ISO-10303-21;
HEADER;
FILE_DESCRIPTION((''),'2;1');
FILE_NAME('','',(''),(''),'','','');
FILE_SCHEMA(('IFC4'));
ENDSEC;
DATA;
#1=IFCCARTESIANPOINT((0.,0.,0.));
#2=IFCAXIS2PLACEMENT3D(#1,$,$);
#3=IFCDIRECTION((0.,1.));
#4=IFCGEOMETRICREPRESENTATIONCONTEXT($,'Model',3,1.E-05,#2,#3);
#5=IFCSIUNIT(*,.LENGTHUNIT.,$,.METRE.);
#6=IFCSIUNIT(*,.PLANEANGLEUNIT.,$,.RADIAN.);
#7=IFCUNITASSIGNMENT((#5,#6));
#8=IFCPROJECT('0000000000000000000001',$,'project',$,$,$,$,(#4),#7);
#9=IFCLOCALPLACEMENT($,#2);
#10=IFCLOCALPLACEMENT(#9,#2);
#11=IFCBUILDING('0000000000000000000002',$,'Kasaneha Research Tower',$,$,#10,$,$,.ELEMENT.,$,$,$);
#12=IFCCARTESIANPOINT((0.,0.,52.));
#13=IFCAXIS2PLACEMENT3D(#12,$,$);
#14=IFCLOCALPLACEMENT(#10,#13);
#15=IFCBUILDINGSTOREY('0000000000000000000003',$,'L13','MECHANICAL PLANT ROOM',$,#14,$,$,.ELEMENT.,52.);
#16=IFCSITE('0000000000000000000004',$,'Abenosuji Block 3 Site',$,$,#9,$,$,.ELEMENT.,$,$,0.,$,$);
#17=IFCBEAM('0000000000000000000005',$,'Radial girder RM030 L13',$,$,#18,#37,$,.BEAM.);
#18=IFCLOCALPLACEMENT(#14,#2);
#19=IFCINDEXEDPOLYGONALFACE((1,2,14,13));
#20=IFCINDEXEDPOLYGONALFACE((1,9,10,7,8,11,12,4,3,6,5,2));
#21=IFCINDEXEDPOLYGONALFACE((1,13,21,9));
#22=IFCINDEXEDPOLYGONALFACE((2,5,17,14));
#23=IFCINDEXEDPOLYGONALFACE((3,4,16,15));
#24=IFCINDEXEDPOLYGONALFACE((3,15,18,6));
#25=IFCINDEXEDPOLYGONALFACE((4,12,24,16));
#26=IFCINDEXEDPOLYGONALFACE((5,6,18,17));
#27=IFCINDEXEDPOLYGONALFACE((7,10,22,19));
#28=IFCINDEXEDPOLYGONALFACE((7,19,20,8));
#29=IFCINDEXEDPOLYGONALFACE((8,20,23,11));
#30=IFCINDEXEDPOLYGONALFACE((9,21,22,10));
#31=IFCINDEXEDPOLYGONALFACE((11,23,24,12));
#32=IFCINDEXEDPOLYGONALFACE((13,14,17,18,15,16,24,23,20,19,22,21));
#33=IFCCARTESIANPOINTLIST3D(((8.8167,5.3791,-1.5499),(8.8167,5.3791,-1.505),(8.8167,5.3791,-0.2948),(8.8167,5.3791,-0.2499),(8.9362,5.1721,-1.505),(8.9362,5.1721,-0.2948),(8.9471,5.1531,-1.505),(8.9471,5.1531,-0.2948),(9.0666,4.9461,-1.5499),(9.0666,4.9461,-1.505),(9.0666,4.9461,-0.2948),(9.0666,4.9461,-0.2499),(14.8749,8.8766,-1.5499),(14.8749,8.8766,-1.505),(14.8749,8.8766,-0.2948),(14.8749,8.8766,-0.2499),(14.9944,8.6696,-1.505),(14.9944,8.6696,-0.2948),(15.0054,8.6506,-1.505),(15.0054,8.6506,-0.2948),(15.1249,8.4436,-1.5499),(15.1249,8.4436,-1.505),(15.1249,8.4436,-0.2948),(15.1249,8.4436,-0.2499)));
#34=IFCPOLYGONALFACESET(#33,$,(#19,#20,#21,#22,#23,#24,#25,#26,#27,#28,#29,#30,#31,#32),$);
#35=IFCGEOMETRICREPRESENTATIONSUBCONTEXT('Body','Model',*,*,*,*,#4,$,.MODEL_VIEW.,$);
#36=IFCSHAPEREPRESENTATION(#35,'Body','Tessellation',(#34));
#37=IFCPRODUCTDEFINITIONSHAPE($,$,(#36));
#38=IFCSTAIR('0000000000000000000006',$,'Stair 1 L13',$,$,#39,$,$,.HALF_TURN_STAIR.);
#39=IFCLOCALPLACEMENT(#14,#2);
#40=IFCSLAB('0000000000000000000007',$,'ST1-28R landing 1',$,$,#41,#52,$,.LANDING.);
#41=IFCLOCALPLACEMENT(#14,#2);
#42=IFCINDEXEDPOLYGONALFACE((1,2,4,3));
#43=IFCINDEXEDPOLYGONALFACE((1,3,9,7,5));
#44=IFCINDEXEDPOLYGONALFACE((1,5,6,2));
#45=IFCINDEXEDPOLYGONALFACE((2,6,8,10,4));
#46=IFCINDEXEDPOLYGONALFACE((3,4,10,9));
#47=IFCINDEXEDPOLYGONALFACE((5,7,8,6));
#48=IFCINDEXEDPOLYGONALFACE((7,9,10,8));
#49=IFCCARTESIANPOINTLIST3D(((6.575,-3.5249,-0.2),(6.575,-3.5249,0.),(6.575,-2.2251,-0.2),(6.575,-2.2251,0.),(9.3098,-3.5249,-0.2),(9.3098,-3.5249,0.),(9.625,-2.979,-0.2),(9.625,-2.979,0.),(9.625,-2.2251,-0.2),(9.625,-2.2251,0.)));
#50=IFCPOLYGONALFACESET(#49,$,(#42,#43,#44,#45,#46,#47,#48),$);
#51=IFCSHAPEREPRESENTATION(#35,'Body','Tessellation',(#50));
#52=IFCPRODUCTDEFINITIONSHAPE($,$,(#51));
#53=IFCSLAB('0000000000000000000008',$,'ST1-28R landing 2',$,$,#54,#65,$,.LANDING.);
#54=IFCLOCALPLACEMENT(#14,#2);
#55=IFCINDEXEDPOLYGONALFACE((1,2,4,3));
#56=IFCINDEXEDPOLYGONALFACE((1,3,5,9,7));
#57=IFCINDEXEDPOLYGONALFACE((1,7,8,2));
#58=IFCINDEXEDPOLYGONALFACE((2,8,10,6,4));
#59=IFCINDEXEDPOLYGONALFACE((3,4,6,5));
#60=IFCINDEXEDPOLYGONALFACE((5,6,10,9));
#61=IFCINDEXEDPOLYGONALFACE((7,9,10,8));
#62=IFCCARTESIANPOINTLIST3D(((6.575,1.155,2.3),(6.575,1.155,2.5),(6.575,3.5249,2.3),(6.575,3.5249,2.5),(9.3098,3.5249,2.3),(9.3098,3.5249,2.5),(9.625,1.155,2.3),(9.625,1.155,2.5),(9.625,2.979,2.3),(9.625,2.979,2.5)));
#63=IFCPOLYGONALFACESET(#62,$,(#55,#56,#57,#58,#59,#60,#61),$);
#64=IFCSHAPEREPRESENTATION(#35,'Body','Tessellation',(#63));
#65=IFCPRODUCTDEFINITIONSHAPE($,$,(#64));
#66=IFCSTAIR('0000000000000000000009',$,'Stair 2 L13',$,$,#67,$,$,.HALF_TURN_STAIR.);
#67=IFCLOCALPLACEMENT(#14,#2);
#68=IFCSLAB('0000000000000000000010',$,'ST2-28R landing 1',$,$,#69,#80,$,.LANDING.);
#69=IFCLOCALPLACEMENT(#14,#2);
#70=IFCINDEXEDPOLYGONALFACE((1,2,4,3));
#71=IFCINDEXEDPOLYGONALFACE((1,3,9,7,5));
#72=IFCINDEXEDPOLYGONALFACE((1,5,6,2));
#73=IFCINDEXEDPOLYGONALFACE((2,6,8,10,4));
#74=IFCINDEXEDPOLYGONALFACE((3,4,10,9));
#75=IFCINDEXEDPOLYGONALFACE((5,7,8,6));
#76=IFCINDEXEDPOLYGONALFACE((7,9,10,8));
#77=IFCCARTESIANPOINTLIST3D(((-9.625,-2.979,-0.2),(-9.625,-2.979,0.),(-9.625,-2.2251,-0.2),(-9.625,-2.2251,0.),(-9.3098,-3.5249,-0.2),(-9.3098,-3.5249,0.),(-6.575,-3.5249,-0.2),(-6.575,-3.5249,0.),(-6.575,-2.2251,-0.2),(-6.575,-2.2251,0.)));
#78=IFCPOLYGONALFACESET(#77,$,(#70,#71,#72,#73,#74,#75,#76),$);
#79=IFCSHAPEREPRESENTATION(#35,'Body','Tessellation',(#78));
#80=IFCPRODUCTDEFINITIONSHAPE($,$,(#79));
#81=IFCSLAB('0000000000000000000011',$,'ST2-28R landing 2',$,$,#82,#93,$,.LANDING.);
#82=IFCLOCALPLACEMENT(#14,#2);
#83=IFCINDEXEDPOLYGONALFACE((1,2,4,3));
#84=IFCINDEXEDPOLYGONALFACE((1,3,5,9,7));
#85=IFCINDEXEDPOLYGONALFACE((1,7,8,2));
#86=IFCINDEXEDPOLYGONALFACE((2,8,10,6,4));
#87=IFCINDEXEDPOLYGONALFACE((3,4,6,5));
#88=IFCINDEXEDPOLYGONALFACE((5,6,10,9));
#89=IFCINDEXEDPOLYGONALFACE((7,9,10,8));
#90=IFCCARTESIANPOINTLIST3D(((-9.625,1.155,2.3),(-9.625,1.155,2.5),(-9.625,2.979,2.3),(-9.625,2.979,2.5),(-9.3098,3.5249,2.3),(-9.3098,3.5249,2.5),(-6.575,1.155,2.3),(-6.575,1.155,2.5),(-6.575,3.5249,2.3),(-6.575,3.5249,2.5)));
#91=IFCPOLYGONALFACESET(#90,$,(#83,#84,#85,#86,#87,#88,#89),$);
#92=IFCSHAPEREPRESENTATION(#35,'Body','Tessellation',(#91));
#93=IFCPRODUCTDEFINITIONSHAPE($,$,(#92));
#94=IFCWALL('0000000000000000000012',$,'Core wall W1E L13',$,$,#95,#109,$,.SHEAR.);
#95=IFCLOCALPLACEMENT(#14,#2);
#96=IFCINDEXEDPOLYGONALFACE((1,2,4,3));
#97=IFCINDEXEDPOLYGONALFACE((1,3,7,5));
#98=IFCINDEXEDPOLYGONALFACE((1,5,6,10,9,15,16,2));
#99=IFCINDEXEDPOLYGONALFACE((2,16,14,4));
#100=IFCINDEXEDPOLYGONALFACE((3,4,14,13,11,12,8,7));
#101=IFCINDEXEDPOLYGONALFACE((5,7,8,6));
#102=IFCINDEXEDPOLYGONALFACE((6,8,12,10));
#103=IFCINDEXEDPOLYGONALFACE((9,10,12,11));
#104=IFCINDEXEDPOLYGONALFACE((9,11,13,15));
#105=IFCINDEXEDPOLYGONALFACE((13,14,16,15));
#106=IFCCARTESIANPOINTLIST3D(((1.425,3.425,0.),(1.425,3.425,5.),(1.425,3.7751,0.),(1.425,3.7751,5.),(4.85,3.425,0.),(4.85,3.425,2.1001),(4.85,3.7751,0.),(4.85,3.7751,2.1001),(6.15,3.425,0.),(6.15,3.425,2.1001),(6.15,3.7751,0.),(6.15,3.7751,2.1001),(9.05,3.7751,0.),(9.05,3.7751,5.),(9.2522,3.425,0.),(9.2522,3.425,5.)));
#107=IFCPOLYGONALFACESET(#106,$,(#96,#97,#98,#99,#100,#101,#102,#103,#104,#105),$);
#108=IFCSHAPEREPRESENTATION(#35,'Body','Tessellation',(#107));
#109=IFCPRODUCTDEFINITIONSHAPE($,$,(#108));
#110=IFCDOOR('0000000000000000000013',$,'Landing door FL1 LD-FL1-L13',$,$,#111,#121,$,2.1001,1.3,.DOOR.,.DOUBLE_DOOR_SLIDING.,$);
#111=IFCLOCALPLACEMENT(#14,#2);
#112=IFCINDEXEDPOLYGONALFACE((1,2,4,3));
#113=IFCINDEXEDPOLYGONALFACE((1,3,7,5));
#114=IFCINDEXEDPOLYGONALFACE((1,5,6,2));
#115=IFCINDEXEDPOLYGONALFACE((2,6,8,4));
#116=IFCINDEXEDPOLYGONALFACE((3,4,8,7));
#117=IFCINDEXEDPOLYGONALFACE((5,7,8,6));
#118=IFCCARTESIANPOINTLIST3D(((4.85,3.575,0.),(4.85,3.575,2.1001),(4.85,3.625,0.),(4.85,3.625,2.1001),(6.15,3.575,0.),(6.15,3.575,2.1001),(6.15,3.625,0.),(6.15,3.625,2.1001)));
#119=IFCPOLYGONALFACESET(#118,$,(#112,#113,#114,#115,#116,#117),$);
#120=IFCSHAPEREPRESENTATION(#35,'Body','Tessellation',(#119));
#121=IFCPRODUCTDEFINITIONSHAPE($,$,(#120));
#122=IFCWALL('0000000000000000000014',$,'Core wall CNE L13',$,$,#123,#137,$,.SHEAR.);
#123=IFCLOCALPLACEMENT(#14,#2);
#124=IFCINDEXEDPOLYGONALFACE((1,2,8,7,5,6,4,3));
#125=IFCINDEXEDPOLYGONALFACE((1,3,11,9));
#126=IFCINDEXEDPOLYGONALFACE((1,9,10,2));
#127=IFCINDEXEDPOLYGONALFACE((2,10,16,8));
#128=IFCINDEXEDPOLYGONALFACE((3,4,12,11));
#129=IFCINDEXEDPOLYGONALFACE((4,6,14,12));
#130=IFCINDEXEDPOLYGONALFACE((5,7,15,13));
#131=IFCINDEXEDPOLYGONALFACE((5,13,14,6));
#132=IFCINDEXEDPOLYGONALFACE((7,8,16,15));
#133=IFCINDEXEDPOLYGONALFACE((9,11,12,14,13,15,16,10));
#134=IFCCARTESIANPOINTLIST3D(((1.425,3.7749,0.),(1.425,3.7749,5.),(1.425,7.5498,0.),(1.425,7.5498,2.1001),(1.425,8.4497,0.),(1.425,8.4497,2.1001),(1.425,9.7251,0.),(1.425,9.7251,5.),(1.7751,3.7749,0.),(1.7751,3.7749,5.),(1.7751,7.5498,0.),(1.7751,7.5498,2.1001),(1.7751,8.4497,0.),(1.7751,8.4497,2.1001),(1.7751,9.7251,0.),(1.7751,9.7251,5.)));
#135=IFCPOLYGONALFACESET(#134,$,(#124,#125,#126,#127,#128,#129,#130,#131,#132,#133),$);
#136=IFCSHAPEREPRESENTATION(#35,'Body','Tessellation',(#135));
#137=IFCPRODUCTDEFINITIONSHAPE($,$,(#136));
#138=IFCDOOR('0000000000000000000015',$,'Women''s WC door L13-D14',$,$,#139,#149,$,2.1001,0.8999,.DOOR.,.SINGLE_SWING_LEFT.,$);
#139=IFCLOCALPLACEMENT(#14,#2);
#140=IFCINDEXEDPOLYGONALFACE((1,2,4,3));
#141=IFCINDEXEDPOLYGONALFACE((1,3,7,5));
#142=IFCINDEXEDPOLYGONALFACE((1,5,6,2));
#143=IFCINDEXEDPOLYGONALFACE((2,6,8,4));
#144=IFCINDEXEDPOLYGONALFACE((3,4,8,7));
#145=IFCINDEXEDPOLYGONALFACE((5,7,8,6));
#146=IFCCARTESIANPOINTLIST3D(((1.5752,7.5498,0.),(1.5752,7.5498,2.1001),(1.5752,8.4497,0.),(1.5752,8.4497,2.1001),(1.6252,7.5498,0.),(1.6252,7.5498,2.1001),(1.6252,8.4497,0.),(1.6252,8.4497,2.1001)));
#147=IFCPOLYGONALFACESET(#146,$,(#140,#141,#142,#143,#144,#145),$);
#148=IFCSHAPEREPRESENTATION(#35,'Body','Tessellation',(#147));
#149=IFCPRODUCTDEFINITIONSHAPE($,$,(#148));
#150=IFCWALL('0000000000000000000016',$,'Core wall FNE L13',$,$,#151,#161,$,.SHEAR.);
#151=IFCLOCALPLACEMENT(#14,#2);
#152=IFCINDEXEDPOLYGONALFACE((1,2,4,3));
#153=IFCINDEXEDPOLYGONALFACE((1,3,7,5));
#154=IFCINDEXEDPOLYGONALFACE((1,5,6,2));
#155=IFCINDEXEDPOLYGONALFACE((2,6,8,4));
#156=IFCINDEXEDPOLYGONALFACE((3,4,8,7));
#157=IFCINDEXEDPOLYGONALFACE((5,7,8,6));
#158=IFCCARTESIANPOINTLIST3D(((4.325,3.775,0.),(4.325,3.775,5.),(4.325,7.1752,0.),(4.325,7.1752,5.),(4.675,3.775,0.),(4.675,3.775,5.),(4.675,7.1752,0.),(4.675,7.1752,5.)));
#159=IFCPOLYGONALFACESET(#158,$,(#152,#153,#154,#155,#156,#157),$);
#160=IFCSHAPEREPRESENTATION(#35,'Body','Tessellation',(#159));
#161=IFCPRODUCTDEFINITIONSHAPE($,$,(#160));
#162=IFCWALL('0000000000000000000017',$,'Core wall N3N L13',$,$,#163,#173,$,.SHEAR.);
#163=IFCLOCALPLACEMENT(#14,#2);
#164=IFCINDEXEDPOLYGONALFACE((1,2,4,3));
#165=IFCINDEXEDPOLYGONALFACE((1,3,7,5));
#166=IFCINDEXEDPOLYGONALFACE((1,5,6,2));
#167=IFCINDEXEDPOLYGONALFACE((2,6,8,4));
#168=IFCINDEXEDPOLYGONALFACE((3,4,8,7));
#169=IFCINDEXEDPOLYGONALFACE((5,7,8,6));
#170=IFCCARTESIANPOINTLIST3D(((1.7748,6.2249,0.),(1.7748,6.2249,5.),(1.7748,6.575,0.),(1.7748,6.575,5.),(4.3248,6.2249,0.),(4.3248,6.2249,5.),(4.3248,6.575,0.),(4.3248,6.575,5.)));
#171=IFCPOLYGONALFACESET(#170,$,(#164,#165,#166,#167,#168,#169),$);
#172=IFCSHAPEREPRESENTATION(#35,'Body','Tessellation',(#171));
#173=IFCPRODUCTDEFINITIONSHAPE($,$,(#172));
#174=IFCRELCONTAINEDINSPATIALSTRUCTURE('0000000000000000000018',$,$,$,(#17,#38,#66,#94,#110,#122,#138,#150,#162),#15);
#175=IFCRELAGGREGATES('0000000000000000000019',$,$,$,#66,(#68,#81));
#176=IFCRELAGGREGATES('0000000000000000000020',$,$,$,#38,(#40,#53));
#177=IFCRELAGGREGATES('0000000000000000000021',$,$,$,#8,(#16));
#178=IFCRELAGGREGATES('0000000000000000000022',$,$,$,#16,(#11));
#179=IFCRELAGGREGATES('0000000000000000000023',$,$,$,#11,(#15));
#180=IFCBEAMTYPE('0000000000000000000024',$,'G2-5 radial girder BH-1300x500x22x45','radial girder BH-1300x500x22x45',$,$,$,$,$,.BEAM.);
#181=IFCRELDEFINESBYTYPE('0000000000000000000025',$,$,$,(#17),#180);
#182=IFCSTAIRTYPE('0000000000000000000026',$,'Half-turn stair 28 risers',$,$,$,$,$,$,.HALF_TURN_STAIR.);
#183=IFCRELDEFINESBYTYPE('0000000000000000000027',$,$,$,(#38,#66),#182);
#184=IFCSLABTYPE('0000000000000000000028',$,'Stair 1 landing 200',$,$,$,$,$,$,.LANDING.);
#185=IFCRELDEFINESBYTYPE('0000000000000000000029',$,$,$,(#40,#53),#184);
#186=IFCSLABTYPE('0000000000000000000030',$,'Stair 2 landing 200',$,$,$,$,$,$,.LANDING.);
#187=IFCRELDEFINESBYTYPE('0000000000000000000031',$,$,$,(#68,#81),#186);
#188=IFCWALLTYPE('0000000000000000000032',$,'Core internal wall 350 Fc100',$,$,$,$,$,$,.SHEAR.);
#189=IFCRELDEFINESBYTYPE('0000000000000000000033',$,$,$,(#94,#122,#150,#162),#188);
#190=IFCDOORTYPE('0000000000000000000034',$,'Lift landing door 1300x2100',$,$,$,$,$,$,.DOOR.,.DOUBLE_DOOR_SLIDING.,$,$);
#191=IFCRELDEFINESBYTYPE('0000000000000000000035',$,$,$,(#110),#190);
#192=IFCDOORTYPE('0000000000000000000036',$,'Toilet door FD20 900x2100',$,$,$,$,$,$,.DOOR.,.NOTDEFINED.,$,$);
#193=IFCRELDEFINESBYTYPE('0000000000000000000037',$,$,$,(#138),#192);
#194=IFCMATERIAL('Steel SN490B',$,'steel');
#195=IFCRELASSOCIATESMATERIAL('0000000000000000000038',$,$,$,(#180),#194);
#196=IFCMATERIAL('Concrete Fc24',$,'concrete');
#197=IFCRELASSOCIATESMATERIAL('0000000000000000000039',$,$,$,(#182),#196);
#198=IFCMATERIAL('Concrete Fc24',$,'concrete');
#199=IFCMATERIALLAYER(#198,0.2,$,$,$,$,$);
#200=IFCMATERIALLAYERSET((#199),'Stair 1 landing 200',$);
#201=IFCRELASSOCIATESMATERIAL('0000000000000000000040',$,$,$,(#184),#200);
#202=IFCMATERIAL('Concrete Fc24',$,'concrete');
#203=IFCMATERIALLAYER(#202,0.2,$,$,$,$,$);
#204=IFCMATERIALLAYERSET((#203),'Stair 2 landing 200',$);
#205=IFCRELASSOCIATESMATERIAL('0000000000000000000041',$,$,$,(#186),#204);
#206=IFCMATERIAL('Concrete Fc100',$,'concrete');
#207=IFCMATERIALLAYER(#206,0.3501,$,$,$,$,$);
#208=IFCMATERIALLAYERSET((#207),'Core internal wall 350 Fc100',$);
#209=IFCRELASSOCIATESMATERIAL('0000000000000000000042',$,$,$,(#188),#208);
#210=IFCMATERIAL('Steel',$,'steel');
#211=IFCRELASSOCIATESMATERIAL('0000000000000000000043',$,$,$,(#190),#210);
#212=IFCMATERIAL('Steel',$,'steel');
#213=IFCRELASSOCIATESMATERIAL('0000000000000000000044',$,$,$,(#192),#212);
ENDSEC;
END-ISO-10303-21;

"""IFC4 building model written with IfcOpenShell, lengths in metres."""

from ifc_helpers import new_model, si_unit, direction, frame, frame_2d, origin, origin_2d, place, context, subcontext, project, spatial, polyline, rectangle, i_section, outline, extrude, material, layer, layer_set, material_profile, profile_set, type_object, element, fill, aggregate, save


model = new_model("IFC4")

# Units and contexts
model_context = context("Model", 3, precision=1e-05, world=origin(), true_north=direction((0.0, 1.0)))
body_context = subcontext(model_context, "Body", "Model", "MODEL_VIEW")
ifc_project = project(units=[si_unit("LENGTHUNIT", "METRE"), si_unit("PLANEANGLEUNIT", "RADIAN")], contexts=[model_context])

# Site, building, storey
site_placement = place(None, origin())
site = spatial("IfcSite", under=ifc_project, at=site_placement, Name="Abenosuji Block 3 Site", CompositionType="ELEMENT", RefElevation=0.0)
building_placement = place(site_placement, origin())
building = spatial("IfcBuilding", under=site, at=building_placement, Name="Kasaneha Research Tower", CompositionType="ELEMENT")
storey_placement = place(building_placement, frame((0.0, 0.0, 52.0)))
storey = spatial("IfcBuildingStorey", under=building, at=storey_placement, Name="L13", Description="MECHANICAL PLANT ROOM", CompositionType="ELEMENT", Elevation=52.0)

# Beam
ifc_material_1 = material(Name="Steel SN490B", Category="steel")
ifc_material_profile = material_profile(ifc_material_1, i_section(OverallWidth=0.5, OverallDepth=1.3, WebThickness=0.022, FlangeThickness=0.0449, at=origin_2d()), Name="BH-1300x500x22x45")
ifc_profile_set = profile_set([ifc_material_profile], Name="Steel SN490B")
beam_type = type_object("IfcBeamType", Name="G2-5 radial girder BH-1300x500x22x45", Description="radial girder BH-1300x500x22x45", PredefinedType="BEAM", material=ifc_profile_set)
beam_placement = place(storey_placement, frame((8.9417, 5.1626, -0.8999), z_axis=(0.86604, 0.499975, 0.0), x_axis=(-0.499975, 0.86604, 0.0)))
element("IfcBeam", 1, at=beam_placement, inside=storey, type_object=beam_type, Name="Radial girder RM030 L13", PredefinedType="BEAM", context=body_context, shape_type="SweptSolid", body=[
    extrude(i_section(OverallWidth=0.5, OverallDepth=1.3, WebThickness=0.022, FlangeThickness=0.0449, at=origin_2d()), origin(), (0.0, 0.0, 1.0), 6.9954),
])

# Stairs, slabs
ifc_material_2 = material(Name="Concrete Fc24", Category="concrete")
stair_type = type_object("IfcStairType", Name="Half-turn stair 28 risers", PredefinedType="HALF_TURN_STAIR", material=ifc_material_2)
stair_1_placement = place(storey_placement, origin())
stair_1 = element("IfcStair", 2, at=stair_1_placement, inside=storey, type_object=stair_type, Name="Stair 1 L13", PredefinedType="HALF_TURN_STAIR")
ifc_material_3 = material(Name="Concrete Fc24", Category="concrete")
ifc_layer_1 = layer(ifc_material_3, 0.2)
ifc_layer_set_1 = layer_set([ifc_layer_1], Name="Stair 1 landing 200")
slab_type_1 = type_object("IfcSlabType", Name="Stair 1 landing 200", PredefinedType="LANDING", material=ifc_layer_set_1)
slab_1_placement = place(storey_placement, frame((0.0, 0.0, -0.2)))
slab_1 = element("IfcSlab", 3, at=slab_1_placement, type_object=slab_type_1, Name="ST1-28R landing 1", PredefinedType="LANDING", context=body_context, shape_type="SweptSolid", body=[
    extrude(outline(polyline([(9.3098, -3.5249), (6.575, -3.5249), (6.575, -2.2251), (9.625, -2.2251), (9.625, -2.979), (9.3098, -3.5249)])), origin(), (0.0, 0.0, 1.0), 0.2),
])
slab_2_placement = place(storey_placement, frame((0.0, 0.0, 2.3)))
slab_2 = element("IfcSlab", 4, at=slab_2_placement, type_object=slab_type_1, Name="ST1-28R landing 2", PredefinedType="LANDING", context=body_context, shape_type="SweptSolid", body=[
    extrude(outline(polyline([(6.575, 3.5249), (9.3098, 3.5249), (9.625, 2.979), (9.625, 1.155), (6.575, 1.155), (6.575, 3.5249)])), origin(), (0.0, 0.0, 1.0), 0.2),
])
stair_2_placement = place(storey_placement, origin())
stair_2 = element("IfcStair", 5, at=stair_2_placement, inside=storey, type_object=stair_type, Name="Stair 2 L13", PredefinedType="HALF_TURN_STAIR")
ifc_material_4 = material(Name="Concrete Fc24", Category="concrete")
ifc_layer_2 = layer(ifc_material_4, 0.2)
ifc_layer_set_2 = layer_set([ifc_layer_2], Name="Stair 2 landing 200")
slab_type_2 = type_object("IfcSlabType", Name="Stair 2 landing 200", PredefinedType="LANDING", material=ifc_layer_set_2)
slab_3_placement = place(storey_placement, frame((0.0, 0.0, -0.2)))
slab_3 = element("IfcSlab", 6, at=slab_3_placement, type_object=slab_type_2, Name="ST2-28R landing 1", PredefinedType="LANDING", context=body_context, shape_type="SweptSolid", body=[
    extrude(outline(polyline([(-6.575, -3.5249), (-9.3098, -3.5249), (-9.625, -2.979), (-9.625, -2.2251), (-6.575, -2.2251), (-6.575, -3.5249)])), origin(), (0.0, 0.0, 1.0), 0.2),
])
slab_4_placement = place(storey_placement, frame((0.0, 0.0, 2.3)))
slab_4 = element("IfcSlab", 7, at=slab_4_placement, type_object=slab_type_2, Name="ST2-28R landing 2", PredefinedType="LANDING", context=body_context, shape_type="SweptSolid", body=[
    extrude(outline(polyline([(-6.575, 1.155), (-9.625, 1.155), (-9.625, 2.979), (-9.3098, 3.5249), (-6.575, 3.5249), (-6.575, 1.155)])), origin(), (0.0, 0.0, 1.0), 0.2),
])
aggregate(stair_2, [slab_3, slab_4])

# Walls, openings, doors
ifc_material_5 = material(Name="Concrete Fc100", Category="concrete")
ifc_layer_3 = layer(ifc_material_5, 0.3501)
ifc_layer_set_3 = layer_set([ifc_layer_3], Name="Core internal wall 350 Fc100")
wall_type_1 = type_object("IfcWallType", Name="Core internal wall 350 Fc100", PredefinedType="SHEAR", material=ifc_layer_set_3)
wall_1_placement = place(storey_placement, frame((1.425, 3.6001, 0.0), z_axis=(0.0, 0.0, 1.0), x_axis=(1.0, 0.0, 0.0)))
wall_1 = element("IfcWall", 8, at=wall_1_placement, inside=storey, type_object=wall_type_1, Name="Core wall W1E L13", PredefinedType="SHEAR", context=body_context, shape_type="SweptSolid", body=[
    extrude(outline(polyline([(0.0, -0.175), (3.425, -0.175), (4.7251, -0.175), (7.8271, -0.175), (7.625, 0.175), (4.7251, 0.175), (3.425, 0.175), (0.0, 0.175), (0.0, -0.175)])), origin(), (0.0, 0.0, 1.0), 5.0),
])
opening_1_placement = place(wall_1_placement, frame((3.425, 0.0, 0.0)))
opening_1 = element("IfcOpeningElement", 9, at=opening_1_placement, cuts=wall_1, PredefinedType="OPENING", context=body_context, shape_type="SweptSolid", body=[
    extrude(rectangle(XDim=1.3, YDim=2.1001, at=frame_2d((0.6499, 1.05))), frame((0.0, 0.1851, 0.0), z_axis=(0.0, -1.0, 0.0), x_axis=(1.0, 0.0, 0.0)), (0.0, 0.0, 1.0), 0.3701),
])
ifc_material_6 = material(Name="Steel", Category="steel")
door_type_1 = type_object("IfcDoorType", Name="Lift landing door 1300x2100", OperationType="DOUBLE_DOOR_SLIDING", PredefinedType="DOOR", material=ifc_material_6)
door_1_placement = place(opening_1_placement, origin())
door_1 = element("IfcDoor", 10, at=door_1_placement, inside=storey, type_object=door_type_1, Name="Landing door FL1 LD-FL1-L13", OperationType="DOUBLE_DOOR_SLIDING", OverallHeight=2.1001, OverallWidth=1.3, PredefinedType="DOOR", context=body_context, shape_type="SweptSolid", body=[
    extrude(rectangle(XDim=1.3, YDim=2.1001, at=frame_2d((0.6499, 1.05))), frame((0.0, 0.0249, 0.0), z_axis=(0.0, -1.0, 0.0), x_axis=(1.0, 0.0, 0.0)), (0.0, 0.0, 1.0), 0.05),
])
fill(opening_1, door_1)
wall_2_placement = place(storey_placement, frame((1.6001, 3.7749, 0.0), z_axis=(0.0, 0.0, 1.0), x_axis=(0.0, 1.0, 0.0)))
wall_2 = element("IfcWall", 11, at=wall_2_placement, inside=storey, type_object=wall_type_1, Name="Core wall CNE L13", PredefinedType="SHEAR", context=body_context, shape_type="SweptSolid", body=[
    extrude(rectangle(XDim=5.9502, YDim=0.3501, at=frame_2d((2.9751, 0.0))), origin(), (0.0, 0.0, 1.0), 5.0),
])
opening_2_placement = place(wall_2_placement, frame((3.7749, 0.0, 0.0)))
opening_2 = element("IfcOpeningElement", 12, at=opening_2_placement, cuts=wall_2, PredefinedType="OPENING", context=body_context, shape_type="SweptSolid", body=[
    extrude(rectangle(XDim=0.8999, YDim=2.1001, at=frame_2d((0.45, 1.05))), frame((0.0, 0.1851, 0.0), z_axis=(0.0, -1.0, 0.0), x_axis=(1.0, 0.0, 0.0)), (0.0, 0.0, 1.0), 0.3701),
])
ifc_material_7 = material(Name="Steel", Category="steel")
door_type_2 = type_object("IfcDoorType", Name="Toilet door FD20 900x2100", OperationType="NOTDEFINED", PredefinedType="DOOR", material=ifc_material_7)
door_2_placement = place(opening_2_placement, origin())
door_2 = element("IfcDoor", 13, at=door_2_placement, inside=storey, type_object=door_type_2, Name="Women's WC door L13-D14", OperationType="SINGLE_SWING_LEFT", OverallHeight=2.1001, OverallWidth=0.8999, PredefinedType="DOOR", context=body_context, shape_type="SweptSolid", body=[
    extrude(rectangle(XDim=0.8999, YDim=2.1001, at=frame_2d((0.45, 1.05))), frame((0.0, 0.0249, 0.0), z_axis=(0.0, -1.0, 0.0), x_axis=(1.0, 0.0, 0.0)), (0.0, 0.0, 1.0), 0.05),
])
fill(opening_2, door_2)

# Walls
wall_3_placement = place(storey_placement, frame((4.5, 3.7749, 0.0), z_axis=(0.0, 0.0, 1.0), x_axis=(0.0, 1.0, 0.0)))
element("IfcWall", 14, at=wall_3_placement, inside=storey, type_object=wall_type_1, Name="Core wall FNE L13", PredefinedType="SHEAR", context=body_context, shape_type="SweptSolid", body=[
    extrude(rectangle(XDim=3.4001, YDim=0.3501, at=frame_2d((1.7002, 0.0))), origin(), (0.0, 0.0, 1.0), 5.0),
])
wall_4_placement = place(storey_placement, frame((1.7749, 6.3999, 0.0), z_axis=(0.0, 0.0, 1.0), x_axis=(1.0, 0.0, 0.0)))
element("IfcWall", 15, at=wall_4_placement, inside=storey, type_object=wall_type_1, Name="Core wall N3N L13", PredefinedType="SHEAR", context=body_context, shape_type="SweptSolid", body=[
    extrude(rectangle(XDim=2.55, YDim=0.3501, at=frame_2d((1.2749, 0.0))), origin(), (0.0, 0.0, 1.0), 5.0),
])

aggregate(stair_1, [slab_1, slab_2])

save(model, "model.ifc")
